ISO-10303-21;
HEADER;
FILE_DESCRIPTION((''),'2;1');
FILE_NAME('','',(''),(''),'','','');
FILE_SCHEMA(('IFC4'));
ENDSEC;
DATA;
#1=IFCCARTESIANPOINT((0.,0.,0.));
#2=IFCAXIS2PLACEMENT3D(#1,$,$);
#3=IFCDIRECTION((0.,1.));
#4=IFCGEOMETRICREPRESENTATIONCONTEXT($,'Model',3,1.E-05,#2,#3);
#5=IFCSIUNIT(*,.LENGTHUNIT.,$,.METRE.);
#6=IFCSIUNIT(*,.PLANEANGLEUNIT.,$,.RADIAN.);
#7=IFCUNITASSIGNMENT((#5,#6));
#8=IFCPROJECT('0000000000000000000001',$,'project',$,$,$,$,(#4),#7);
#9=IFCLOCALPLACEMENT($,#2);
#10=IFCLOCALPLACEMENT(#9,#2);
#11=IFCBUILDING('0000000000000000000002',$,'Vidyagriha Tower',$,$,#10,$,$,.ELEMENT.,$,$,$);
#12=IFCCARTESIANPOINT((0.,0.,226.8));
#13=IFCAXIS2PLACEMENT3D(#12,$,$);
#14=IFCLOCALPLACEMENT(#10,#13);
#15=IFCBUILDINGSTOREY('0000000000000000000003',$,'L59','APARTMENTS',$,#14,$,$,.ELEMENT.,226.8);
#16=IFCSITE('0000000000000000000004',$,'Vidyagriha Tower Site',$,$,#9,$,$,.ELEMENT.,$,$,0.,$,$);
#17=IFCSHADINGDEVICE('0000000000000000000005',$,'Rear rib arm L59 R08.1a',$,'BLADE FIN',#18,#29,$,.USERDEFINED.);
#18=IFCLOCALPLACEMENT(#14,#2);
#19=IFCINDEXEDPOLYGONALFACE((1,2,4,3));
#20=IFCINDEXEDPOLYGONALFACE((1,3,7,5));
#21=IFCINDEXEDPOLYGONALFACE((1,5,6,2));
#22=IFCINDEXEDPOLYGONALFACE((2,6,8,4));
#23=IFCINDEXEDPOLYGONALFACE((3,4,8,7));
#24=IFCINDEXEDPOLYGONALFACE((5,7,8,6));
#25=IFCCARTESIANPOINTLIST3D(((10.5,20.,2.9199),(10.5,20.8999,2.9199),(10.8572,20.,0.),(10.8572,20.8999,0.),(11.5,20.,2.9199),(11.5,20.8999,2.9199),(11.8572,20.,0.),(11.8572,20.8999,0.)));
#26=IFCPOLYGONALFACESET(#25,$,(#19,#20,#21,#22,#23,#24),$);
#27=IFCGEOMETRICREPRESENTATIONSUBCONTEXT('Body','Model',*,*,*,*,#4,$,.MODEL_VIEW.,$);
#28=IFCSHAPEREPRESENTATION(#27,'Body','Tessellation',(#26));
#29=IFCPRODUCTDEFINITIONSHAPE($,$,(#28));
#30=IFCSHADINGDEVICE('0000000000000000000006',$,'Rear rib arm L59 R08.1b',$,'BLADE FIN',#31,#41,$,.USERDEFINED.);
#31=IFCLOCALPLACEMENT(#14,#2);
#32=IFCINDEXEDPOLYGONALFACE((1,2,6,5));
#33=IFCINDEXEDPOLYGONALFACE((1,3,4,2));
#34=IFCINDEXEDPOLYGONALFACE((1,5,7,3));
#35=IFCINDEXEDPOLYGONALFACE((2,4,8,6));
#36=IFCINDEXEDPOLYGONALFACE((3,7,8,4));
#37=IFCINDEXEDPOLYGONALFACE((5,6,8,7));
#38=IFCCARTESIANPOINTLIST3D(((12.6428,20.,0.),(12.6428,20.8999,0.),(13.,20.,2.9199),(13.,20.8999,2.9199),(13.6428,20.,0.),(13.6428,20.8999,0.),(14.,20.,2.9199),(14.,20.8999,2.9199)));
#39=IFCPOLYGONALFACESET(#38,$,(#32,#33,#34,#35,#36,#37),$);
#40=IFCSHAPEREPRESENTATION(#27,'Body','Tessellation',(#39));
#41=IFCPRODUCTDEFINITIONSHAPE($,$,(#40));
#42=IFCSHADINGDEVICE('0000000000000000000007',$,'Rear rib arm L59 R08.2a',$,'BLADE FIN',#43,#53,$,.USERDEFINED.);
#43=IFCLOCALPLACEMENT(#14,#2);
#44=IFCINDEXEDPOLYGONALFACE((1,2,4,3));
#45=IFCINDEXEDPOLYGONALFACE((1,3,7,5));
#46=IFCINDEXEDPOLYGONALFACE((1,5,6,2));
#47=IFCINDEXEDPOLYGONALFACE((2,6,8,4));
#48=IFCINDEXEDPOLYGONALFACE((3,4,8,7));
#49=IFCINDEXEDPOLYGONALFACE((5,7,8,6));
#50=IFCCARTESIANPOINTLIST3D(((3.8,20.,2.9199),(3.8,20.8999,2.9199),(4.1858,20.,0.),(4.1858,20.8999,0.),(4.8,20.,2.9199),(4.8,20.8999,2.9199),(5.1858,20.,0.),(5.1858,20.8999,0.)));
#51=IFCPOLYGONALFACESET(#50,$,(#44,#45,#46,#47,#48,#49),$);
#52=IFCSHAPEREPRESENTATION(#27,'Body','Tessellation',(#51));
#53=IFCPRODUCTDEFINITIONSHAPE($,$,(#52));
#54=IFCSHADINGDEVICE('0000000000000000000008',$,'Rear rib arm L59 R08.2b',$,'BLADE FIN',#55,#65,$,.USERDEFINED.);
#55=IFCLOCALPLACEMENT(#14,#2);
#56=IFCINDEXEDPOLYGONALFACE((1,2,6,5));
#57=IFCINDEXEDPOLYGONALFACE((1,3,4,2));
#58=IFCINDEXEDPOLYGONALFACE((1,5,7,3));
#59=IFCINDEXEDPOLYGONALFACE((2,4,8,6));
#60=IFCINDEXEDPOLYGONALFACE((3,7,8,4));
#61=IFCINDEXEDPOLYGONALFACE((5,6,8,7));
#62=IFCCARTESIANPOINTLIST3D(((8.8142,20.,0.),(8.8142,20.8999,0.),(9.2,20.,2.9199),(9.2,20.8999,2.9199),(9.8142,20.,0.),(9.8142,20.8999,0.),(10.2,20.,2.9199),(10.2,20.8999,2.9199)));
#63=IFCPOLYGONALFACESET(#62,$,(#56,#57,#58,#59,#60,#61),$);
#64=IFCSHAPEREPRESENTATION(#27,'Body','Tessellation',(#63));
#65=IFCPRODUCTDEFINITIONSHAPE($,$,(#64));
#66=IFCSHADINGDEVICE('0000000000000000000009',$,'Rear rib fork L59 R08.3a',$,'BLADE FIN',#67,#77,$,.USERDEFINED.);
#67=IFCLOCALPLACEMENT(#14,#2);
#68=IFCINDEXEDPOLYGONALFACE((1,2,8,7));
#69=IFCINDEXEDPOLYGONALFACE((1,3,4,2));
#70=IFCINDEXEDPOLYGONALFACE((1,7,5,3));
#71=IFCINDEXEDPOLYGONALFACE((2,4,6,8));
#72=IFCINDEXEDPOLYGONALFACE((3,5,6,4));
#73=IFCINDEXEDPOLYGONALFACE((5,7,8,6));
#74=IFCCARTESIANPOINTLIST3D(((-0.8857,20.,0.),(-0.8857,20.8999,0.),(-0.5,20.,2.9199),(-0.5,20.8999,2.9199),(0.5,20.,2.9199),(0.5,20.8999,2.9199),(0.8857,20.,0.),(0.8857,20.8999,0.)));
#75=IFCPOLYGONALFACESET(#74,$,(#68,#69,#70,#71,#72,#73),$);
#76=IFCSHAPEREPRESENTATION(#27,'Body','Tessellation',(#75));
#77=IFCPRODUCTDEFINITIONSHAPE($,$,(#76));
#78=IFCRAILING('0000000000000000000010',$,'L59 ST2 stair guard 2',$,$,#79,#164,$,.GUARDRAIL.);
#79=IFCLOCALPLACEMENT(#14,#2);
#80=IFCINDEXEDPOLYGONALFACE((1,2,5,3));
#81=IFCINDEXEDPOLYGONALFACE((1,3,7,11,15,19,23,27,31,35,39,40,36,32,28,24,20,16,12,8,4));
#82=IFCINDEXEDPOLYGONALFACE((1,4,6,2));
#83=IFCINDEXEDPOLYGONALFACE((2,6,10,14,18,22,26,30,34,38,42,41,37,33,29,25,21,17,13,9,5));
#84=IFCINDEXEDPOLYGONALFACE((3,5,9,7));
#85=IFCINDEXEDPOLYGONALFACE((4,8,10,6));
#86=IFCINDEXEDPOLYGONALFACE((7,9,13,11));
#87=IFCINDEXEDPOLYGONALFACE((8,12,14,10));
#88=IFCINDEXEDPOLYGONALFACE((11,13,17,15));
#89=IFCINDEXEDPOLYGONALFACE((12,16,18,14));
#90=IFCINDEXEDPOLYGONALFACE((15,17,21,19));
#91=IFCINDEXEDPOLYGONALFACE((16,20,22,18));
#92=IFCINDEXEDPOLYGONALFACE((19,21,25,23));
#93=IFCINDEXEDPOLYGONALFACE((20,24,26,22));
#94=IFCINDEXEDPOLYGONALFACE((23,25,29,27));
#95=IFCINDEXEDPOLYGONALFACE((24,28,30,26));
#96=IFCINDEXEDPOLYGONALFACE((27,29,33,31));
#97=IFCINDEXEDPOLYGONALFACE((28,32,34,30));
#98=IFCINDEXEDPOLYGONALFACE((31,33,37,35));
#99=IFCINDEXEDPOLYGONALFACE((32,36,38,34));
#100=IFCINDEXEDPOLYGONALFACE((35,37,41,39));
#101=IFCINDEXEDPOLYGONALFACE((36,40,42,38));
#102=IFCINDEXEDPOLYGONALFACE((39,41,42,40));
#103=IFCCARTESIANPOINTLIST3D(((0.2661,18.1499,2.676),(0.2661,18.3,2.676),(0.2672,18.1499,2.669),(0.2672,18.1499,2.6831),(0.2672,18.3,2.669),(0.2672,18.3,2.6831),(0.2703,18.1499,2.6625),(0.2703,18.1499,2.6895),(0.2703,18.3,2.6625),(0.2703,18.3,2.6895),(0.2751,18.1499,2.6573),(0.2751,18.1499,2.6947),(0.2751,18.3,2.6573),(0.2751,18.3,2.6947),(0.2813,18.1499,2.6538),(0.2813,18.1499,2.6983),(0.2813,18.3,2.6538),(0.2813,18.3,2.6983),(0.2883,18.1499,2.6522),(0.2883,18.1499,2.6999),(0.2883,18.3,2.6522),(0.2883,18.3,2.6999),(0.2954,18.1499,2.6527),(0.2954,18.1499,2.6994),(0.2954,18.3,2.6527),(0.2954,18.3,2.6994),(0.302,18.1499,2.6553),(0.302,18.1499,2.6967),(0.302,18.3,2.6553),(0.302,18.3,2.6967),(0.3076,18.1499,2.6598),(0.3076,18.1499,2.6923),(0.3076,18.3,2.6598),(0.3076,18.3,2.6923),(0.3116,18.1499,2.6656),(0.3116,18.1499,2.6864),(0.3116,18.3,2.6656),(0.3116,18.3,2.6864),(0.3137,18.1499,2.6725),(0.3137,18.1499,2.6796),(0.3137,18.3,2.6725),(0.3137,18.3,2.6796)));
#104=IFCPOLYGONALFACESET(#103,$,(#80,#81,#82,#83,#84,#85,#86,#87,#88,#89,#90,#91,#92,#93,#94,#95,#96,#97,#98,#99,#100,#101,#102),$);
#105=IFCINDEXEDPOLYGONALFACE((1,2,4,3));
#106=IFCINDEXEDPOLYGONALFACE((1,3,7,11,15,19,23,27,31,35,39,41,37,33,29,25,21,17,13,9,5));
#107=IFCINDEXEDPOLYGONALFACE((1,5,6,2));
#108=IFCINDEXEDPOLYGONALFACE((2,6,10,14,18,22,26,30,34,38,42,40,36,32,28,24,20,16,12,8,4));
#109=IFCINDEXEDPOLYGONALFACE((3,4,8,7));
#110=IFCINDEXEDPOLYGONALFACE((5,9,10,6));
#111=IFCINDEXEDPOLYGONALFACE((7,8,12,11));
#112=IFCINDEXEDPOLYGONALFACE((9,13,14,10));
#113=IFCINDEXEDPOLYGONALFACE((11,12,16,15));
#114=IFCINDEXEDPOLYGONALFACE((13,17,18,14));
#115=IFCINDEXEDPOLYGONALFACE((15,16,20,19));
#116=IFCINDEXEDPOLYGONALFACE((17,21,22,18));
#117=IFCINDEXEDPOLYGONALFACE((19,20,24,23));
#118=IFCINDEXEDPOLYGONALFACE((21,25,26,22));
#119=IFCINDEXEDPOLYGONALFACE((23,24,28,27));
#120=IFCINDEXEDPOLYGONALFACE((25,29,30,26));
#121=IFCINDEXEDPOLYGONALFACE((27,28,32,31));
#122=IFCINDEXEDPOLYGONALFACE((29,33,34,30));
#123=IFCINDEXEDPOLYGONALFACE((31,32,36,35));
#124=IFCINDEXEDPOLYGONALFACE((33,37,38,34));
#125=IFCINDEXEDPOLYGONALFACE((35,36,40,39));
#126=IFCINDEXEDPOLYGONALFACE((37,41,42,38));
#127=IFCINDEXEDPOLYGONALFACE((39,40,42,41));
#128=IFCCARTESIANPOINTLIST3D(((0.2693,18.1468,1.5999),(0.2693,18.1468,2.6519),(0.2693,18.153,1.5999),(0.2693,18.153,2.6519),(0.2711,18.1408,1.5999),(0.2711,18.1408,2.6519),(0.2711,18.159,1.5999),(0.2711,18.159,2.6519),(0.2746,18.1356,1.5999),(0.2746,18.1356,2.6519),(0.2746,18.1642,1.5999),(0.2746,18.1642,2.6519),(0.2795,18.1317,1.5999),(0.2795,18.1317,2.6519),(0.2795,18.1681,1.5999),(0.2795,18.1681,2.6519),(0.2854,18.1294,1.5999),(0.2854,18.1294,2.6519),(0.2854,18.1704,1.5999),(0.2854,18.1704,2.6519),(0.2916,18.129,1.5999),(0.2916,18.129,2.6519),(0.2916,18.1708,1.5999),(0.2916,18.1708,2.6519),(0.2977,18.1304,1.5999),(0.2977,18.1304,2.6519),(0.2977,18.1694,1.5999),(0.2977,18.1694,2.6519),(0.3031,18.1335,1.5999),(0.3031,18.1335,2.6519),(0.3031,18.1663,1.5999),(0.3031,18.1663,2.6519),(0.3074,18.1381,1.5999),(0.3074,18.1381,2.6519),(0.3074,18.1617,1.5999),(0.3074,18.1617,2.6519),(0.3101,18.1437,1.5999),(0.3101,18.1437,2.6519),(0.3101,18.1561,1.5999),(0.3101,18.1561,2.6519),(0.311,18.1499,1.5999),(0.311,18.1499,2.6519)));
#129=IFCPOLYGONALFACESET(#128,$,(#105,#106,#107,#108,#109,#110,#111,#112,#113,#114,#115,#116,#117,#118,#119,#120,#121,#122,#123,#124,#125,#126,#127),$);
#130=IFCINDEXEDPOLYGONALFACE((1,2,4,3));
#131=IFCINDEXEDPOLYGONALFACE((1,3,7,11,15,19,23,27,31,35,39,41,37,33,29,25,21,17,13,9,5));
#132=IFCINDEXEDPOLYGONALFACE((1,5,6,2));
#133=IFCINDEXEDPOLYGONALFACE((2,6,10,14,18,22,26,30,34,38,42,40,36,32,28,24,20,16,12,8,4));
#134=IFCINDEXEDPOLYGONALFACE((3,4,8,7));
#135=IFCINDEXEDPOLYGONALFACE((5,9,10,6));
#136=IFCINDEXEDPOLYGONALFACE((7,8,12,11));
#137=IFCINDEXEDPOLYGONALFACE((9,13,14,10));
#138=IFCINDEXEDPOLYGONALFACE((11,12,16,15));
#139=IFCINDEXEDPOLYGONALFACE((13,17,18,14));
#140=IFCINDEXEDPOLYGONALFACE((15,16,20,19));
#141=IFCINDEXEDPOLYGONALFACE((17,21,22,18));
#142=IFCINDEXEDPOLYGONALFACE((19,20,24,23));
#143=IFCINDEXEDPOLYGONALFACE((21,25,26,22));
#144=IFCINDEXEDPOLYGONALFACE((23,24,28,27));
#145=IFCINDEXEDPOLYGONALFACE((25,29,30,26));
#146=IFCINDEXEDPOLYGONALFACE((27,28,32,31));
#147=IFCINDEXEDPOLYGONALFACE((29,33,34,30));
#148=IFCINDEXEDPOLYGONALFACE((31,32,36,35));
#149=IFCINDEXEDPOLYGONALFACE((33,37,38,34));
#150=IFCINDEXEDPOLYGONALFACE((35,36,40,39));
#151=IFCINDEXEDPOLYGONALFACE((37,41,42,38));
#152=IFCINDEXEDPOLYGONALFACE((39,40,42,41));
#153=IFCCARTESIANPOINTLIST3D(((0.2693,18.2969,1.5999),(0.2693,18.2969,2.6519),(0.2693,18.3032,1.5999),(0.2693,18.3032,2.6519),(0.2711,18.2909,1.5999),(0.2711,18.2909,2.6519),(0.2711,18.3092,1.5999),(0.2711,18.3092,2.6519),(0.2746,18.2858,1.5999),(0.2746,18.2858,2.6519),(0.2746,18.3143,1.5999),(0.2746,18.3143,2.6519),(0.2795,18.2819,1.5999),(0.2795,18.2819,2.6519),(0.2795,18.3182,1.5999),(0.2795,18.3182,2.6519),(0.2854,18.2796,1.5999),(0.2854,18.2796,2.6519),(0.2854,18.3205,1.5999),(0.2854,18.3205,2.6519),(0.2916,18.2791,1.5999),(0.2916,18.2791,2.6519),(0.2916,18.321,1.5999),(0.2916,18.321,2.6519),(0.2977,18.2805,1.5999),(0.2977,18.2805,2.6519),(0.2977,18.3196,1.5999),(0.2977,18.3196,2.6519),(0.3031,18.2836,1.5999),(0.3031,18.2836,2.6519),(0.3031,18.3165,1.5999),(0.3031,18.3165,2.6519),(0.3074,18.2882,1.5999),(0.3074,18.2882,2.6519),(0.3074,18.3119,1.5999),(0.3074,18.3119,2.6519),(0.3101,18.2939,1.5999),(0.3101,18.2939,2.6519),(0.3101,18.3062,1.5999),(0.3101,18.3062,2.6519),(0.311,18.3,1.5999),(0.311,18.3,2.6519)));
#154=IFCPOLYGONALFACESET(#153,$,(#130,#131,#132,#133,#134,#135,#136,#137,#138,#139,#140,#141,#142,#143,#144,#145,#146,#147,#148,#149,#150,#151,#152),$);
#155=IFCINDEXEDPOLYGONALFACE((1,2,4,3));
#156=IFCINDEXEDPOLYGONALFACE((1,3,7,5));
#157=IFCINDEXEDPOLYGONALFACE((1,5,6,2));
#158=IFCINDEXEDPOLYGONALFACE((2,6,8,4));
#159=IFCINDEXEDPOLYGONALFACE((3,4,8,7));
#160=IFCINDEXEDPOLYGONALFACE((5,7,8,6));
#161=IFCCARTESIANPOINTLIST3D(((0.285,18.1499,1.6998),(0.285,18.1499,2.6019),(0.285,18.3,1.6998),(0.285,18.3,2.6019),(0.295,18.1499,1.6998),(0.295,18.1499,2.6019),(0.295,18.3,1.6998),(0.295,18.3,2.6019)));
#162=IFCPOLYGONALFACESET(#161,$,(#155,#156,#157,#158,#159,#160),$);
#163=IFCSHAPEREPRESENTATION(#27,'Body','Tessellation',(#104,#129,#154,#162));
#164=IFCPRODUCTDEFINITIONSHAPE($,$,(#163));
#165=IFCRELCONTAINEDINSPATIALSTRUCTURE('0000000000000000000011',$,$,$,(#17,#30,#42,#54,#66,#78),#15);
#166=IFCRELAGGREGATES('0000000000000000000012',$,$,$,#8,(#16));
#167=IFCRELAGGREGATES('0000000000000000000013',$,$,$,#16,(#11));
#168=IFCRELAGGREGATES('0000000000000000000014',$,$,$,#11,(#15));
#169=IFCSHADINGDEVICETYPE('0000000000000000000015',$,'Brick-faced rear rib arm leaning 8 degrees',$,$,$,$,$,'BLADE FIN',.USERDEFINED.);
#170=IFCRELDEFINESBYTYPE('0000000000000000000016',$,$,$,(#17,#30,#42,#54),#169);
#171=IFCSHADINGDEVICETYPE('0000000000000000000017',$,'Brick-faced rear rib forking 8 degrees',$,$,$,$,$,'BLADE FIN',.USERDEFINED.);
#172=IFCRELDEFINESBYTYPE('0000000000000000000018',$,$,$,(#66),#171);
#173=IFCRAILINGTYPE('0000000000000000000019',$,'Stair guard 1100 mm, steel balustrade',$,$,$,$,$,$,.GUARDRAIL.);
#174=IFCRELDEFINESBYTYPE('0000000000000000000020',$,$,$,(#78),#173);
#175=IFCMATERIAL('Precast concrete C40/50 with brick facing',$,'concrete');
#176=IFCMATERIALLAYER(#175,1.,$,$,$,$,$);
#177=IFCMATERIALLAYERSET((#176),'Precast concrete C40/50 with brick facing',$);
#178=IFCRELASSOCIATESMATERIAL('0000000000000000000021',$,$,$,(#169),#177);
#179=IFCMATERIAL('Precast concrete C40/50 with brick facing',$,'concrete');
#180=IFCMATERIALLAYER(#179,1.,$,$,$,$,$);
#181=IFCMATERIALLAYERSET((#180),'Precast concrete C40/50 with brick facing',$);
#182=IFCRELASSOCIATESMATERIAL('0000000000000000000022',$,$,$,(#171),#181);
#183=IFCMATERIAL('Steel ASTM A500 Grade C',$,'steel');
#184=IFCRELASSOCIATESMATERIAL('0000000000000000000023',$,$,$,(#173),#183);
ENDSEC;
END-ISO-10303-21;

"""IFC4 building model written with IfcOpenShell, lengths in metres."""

from ifc_helpers import new_model, si_unit, direction, frame, origin, origin_2d, place, context, subcontext, project, spatial, polyline, rectangle, circle, outline, extrude, material, layer, layer_set, type_object, element, save


model = new_model("IFC4")

# Units and contexts
model_context = context("Model", 3, precision=1e-05, world=origin(), true_north=direction((0.0, 1.0)))
body_context = subcontext(model_context, "Body", "Model", "MODEL_VIEW")
ifc_project = project(units=[si_unit("LENGTHUNIT", "METRE"), si_unit("PLANEANGLEUNIT", "RADIAN")], contexts=[model_context])

# Site, building, storey
site_placement = place(None, origin())
site = spatial("IfcSite", under=ifc_project, at=site_placement, Name="Vidyagriha Tower Site", CompositionType="ELEMENT", RefElevation=0.0)
building_placement = place(site_placement, origin())
building = spatial("IfcBuilding", under=site, at=building_placement, Name="Vidyagriha Tower", CompositionType="ELEMENT")
storey_placement = place(building_placement, frame((0.0, 0.0, 226.8)))
storey = spatial("IfcBuildingStorey", under=building, at=storey_placement, Name="L59", Description="APARTMENTS", CompositionType="ELEMENT", Elevation=226.8)

# Shading devices
ifc_material_1 = material(Name="Precast concrete C40/50 with brick facing", Category="concrete")
ifc_layer_1 = layer(ifc_material_1, 1.0)
ifc_layer_set_1 = layer_set([ifc_layer_1], Name="Precast concrete C40/50 with brick facing")
shading_device_type_1 = type_object("IfcShadingDeviceType", Name="Brick-faced rear rib arm leaning 8 degrees", ElementType="BLADE FIN", PredefinedType="USERDEFINED", material=ifc_layer_set_1)
shading_device_1_placement = place(storey_placement, frame((11.8572, 20.45, 0.0), z_axis=(0.0, 0.0, 1.0), x_axis=(-1.0, 0.0, 0.0)))
element("IfcShadingDevice", 1, at=shading_device_1_placement, inside=storey, type_object=shading_device_type_1, Name="Rear rib arm L59 R08.1a", ObjectType="BLADE FIN", PredefinedType="USERDEFINED", context=body_context, shape_type="SweptSolid", body=[
    extrude(outline(polyline([(0.0, 0.0), (1.0, 0.0), (1.3572, 2.9199), (0.3572, 2.9199), (0.0, 0.0)])), frame((0.0, 0.45, 0.0), z_axis=(0.0, -1.0, 0.0), x_axis=(1.0, 0.0, 0.0)), (0.0, 0.0, 1.0), 0.8999),
])
shading_device_2_placement = place(storey_placement, frame((14.0, 20.45, 0.0), z_axis=(0.0, 0.0, 1.0), x_axis=(-1.0, 0.0, 0.0)))
element("IfcShadingDevice", 2, at=shading_device_2_placement, inside=storey, type_object=shading_device_type_1, Name="Rear rib arm L59 R08.1b", ObjectType="BLADE FIN", PredefinedType="USERDEFINED", context=body_context, shape_type="SweptSolid", body=[
    extrude(outline(polyline([(0.3572, 0.0), (1.3572, 0.0), (1.0, 2.9199), (0.0, 2.9199), (0.3572, 0.0)])), frame((0.0, 0.45, 0.0), z_axis=(0.0, -1.0, 0.0), x_axis=(1.0, 0.0, 0.0)), (0.0, 0.0, 1.0), 0.8999),
])
shading_device_3_placement = place(storey_placement, frame((5.1858, 20.45, 0.0), z_axis=(0.0, 0.0, 1.0), x_axis=(-1.0, 0.0, 0.0)))
element("IfcShadingDevice", 3, at=shading_device_3_placement, inside=storey, type_object=shading_device_type_1, Name="Rear rib arm L59 R08.2a", ObjectType="BLADE FIN", PredefinedType="USERDEFINED", context=body_context, shape_type="SweptSolid", body=[
    extrude(outline(polyline([(0.0, 0.0), (1.0, 0.0), (1.3857, 2.9199), (0.3857, 2.9199), (0.0, 0.0)])), frame((0.0, 0.45, 0.0), z_axis=(0.0, -1.0, 0.0), x_axis=(1.0, 0.0, 0.0)), (0.0, 0.0, 1.0), 0.8999),
])
shading_device_4_placement = place(storey_placement, frame((10.2, 20.45, 0.0), z_axis=(0.0, 0.0, 1.0), x_axis=(-1.0, 0.0, 0.0)))
element("IfcShadingDevice", 4, at=shading_device_4_placement, inside=storey, type_object=shading_device_type_1, Name="Rear rib arm L59 R08.2b", ObjectType="BLADE FIN", PredefinedType="USERDEFINED", context=body_context, shape_type="SweptSolid", body=[
    extrude(outline(polyline([(0.3857, 0.0), (1.3857, 0.0), (1.0, 2.9199), (0.0, 2.9199), (0.3857, 0.0)])), frame((0.0, 0.45, 0.0), z_axis=(0.0, -1.0, 0.0), x_axis=(1.0, 0.0, 0.0)), (0.0, 0.0, 1.0), 0.8999),
])
ifc_material_2 = material(Name="Precast concrete C40/50 with brick facing", Category="concrete")
ifc_layer_2 = layer(ifc_material_2, 1.0)
ifc_layer_set_2 = layer_set([ifc_layer_2], Name="Precast concrete C40/50 with brick facing")
shading_device_type_2 = type_object("IfcShadingDeviceType", Name="Brick-faced rear rib forking 8 degrees", ElementType="BLADE FIN", PredefinedType="USERDEFINED", material=ifc_layer_set_2)
shading_device_5_placement = place(storey_placement, frame((0.8857, 20.45, 0.0), z_axis=(0.0, 0.0, 1.0), x_axis=(-1.0, 0.0, 0.0)))
element("IfcShadingDevice", 5, at=shading_device_5_placement, inside=storey, type_object=shading_device_type_2, Name="Rear rib fork L59 R08.3a", ObjectType="BLADE FIN", PredefinedType="USERDEFINED", context=body_context, shape_type="SweptSolid", body=[
    extrude(outline(polyline([(0.0, 0.0), (1.7715, 0.0), (1.3857, 2.9199), (0.3857, 2.9199), (0.0, 0.0)])), frame((0.0, 0.45, 0.0), z_axis=(0.0, -1.0, 0.0), x_axis=(1.0, 0.0, 0.0)), (0.0, 0.0, 1.0), 0.8999),
])

# Railing
ifc_material_3 = material(Name="Steel ASTM A500 Grade C", Category="steel")
railing_type_1 = type_object("IfcRailingType", Name="Stair guard 1100 mm, steel balustrade", PredefinedType="GUARDRAIL", material=ifc_material_3)
railing_1_placement = place(storey_placement, frame((0.29, 18.1499, 1.5999)))
element("IfcRailing", 6, at=railing_1_placement, inside=storey, type_object=railing_type_1, Name="L59 ST2 stair guard 2", PredefinedType="GUARDRAIL", context=body_context, shape_type="SweptSolid", body=[
    extrude(circle(Radius=0.0239, at=origin_2d()), frame((0.0, 0.0, 1.0762), z_axis=(0.0, 1.0, 0.0), x_axis=(-1.0, 0.0, 0.0)), (0.0, 0.0, 1.0), 0.1501),
    extrude(circle(Radius=0.021, at=origin_2d()), origin(), (0.0, 0.0, 1.0), 1.052),
    extrude(circle(Radius=0.021, at=origin_2d()), frame((0.0, 0.1501, 0.0)), (0.0, 0.0, 1.0), 1.052),
    extrude(rectangle(XDim=0.01, YDim=0.9021, at=origin_2d()), frame((0.0, 0.0, 0.551), z_axis=(0.0, 1.0, 0.0), x_axis=(-1.0, 0.0, 0.0)), (0.0, 0.0, 1.0), 0.1501),
])

save(model, "model.ifc")
